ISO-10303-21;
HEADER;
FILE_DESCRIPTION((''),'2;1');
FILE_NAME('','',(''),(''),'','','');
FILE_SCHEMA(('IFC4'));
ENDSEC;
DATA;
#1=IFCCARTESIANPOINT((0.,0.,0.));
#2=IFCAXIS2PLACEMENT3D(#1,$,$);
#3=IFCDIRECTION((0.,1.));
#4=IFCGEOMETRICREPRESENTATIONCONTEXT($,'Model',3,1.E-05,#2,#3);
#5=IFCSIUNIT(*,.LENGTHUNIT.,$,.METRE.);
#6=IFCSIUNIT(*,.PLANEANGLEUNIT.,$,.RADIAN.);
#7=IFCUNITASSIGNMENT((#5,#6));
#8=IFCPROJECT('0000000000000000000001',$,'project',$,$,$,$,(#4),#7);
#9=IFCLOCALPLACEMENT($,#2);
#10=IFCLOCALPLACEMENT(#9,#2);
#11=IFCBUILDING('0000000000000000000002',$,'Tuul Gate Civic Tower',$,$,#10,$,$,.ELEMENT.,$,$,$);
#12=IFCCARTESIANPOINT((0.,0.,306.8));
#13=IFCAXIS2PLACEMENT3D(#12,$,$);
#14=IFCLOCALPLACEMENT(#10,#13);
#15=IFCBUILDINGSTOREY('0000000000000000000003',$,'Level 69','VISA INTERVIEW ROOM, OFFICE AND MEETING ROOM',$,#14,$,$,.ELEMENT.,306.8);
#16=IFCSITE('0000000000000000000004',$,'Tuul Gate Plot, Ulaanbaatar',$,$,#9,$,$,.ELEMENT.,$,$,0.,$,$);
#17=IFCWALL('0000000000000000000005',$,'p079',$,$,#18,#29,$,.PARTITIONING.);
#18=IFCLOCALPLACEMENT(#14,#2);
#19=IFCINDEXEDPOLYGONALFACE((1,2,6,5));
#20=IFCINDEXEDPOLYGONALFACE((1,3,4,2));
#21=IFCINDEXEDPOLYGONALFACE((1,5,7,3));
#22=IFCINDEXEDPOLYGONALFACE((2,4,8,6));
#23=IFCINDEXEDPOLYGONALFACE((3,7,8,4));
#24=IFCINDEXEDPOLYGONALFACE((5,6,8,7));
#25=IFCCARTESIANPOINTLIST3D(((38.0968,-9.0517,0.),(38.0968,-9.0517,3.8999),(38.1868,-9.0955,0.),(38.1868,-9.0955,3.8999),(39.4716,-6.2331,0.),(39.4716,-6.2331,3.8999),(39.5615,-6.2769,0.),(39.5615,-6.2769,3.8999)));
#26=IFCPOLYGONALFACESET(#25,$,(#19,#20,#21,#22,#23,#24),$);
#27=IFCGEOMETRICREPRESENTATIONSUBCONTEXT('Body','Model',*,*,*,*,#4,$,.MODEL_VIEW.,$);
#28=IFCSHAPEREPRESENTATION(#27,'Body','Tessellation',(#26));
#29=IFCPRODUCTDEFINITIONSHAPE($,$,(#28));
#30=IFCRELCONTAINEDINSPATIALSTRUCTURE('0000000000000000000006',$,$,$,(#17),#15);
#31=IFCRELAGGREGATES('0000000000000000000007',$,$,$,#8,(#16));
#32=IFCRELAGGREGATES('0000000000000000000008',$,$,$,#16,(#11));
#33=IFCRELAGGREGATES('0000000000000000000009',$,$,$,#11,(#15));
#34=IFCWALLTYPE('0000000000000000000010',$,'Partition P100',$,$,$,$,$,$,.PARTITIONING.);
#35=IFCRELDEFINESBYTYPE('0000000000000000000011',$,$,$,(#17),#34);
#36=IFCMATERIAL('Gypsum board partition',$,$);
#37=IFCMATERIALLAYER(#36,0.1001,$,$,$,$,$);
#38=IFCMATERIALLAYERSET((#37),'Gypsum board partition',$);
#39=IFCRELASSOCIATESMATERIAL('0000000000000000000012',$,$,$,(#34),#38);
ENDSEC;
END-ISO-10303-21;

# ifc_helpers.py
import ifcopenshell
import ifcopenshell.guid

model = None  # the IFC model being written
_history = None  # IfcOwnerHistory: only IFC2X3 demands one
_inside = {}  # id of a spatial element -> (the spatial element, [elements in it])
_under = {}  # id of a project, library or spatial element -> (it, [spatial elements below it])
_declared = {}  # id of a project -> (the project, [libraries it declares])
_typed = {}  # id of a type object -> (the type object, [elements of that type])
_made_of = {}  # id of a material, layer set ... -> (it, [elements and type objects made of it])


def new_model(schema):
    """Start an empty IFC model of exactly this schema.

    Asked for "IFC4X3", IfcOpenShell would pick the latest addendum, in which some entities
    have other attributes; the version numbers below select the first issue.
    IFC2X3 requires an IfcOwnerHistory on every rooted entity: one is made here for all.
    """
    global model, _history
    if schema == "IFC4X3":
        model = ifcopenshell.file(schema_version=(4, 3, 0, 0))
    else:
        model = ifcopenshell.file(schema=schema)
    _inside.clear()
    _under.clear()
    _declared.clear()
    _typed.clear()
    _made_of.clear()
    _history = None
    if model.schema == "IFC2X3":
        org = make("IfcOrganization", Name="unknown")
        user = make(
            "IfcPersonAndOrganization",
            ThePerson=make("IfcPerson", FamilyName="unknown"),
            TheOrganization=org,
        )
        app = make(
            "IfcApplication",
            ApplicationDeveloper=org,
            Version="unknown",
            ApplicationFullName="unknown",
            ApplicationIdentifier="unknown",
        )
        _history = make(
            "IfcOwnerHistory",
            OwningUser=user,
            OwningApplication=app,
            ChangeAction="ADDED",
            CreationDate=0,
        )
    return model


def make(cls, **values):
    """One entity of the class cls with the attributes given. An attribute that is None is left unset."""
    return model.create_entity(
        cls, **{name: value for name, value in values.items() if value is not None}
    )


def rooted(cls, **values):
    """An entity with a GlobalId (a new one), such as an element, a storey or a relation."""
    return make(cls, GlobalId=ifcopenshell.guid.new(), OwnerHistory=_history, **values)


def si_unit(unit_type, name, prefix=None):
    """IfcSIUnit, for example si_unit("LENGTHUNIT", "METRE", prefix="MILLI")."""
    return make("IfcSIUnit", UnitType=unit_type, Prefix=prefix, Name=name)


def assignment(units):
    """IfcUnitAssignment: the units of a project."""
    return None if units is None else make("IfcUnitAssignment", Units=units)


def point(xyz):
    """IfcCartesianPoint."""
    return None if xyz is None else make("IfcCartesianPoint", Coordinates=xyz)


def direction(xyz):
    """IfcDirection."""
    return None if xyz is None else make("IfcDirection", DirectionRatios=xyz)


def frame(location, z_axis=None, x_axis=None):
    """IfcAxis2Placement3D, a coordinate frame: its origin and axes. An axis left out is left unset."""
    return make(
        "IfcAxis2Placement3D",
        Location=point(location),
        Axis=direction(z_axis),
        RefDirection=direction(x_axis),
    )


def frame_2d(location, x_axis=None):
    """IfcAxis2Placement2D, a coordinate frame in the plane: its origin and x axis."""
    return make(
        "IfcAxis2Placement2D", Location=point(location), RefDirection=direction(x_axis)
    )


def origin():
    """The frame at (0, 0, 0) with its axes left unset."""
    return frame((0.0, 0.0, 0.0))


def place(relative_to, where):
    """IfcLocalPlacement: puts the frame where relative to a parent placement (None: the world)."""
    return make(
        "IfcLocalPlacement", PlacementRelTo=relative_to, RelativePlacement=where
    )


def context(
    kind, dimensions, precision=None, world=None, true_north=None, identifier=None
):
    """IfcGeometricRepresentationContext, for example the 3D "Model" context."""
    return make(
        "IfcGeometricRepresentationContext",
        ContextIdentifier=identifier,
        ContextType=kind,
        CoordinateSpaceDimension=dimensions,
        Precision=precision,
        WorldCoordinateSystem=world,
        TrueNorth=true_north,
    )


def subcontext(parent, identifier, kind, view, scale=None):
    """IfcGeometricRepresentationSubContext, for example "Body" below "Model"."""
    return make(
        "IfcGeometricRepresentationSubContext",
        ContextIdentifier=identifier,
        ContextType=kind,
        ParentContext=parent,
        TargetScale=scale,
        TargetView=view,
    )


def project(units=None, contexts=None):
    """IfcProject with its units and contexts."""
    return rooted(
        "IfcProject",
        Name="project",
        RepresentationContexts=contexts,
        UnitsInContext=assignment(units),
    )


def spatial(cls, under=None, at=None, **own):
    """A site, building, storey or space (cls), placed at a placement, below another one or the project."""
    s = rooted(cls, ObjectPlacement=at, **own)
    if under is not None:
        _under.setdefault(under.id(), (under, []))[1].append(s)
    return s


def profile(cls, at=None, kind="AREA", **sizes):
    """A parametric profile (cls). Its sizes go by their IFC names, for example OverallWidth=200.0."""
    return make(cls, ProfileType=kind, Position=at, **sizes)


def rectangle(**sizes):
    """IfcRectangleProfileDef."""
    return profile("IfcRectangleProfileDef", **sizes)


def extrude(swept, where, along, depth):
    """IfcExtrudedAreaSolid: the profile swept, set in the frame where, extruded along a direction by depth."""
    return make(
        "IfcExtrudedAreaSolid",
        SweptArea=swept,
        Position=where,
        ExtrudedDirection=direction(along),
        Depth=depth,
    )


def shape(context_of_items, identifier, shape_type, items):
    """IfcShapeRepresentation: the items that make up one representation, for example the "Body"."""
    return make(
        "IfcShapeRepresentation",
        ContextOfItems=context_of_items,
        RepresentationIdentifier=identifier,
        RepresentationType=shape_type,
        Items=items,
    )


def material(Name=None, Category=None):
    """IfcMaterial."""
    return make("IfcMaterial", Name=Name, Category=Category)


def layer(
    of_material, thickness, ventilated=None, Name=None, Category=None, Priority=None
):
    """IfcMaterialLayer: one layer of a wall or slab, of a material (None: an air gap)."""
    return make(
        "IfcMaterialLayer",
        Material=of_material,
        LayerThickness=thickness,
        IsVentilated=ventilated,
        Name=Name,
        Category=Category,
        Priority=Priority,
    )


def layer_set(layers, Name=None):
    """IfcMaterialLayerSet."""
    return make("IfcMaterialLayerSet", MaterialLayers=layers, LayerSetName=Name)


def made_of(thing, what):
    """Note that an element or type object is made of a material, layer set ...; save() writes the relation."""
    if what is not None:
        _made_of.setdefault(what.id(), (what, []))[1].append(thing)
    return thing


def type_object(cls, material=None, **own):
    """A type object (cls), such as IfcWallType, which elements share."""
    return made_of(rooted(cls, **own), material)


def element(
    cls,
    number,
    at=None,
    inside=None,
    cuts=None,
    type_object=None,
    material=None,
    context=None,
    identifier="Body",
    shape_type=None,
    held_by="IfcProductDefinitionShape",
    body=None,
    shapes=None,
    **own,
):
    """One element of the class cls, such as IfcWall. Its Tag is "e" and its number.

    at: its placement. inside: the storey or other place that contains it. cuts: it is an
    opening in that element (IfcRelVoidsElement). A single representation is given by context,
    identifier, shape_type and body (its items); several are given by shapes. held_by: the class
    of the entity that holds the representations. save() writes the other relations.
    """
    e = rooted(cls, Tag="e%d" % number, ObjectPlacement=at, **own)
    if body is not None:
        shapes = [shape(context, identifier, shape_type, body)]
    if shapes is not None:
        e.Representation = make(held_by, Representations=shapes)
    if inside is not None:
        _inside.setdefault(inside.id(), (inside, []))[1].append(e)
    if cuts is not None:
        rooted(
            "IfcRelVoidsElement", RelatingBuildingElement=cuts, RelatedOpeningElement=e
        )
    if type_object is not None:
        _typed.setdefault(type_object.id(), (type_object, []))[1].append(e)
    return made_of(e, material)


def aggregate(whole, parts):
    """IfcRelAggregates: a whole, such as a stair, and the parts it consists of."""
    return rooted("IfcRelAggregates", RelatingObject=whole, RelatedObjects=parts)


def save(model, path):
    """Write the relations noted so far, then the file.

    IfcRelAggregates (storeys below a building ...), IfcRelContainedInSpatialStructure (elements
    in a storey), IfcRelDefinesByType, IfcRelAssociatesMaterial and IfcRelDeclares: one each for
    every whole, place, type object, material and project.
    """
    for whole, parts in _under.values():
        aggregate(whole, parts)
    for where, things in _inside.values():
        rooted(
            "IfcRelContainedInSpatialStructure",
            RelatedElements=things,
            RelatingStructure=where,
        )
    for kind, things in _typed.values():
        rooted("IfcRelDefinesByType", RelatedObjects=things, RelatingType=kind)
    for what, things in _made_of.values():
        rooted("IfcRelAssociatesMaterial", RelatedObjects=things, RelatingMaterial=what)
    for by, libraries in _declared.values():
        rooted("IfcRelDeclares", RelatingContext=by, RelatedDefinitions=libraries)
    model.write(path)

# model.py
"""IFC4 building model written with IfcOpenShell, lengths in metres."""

from ifc_helpers import new_model, si_unit, direction, frame, frame_2d, origin, place, context, subcontext, project, spatial, rectangle, extrude, material, layer, layer_set, type_object, element, save


model = new_model("IFC4")

# Units and contexts
model_context = context("Model", 3, precision=1e-05, world=origin(), true_north=direction((0.0, 1.0)))
body_context = subcontext(model_context, "Body", "Model", "MODEL_VIEW")
ifc_project = project(units=[si_unit("LENGTHUNIT", "METRE"), si_unit("PLANEANGLEUNIT", "RADIAN")], contexts=[model_context])

# Site, building, storey
site_placement = place(None, origin())
site = spatial("IfcSite", under=ifc_project, at=site_placement, Name="Tuul Gate Plot, Ulaanbaatar", CompositionType="ELEMENT", RefElevation=0.0)
building_placement = place(site_placement, origin())
building = spatial("IfcBuilding", under=site, at=building_placement, Name="Tuul Gate Civic Tower", CompositionType="ELEMENT")
storey_placement = place(building_placement, frame((0.0, 0.0, 306.8)))
storey = spatial("IfcBuildingStorey", under=building, at=storey_placement, Name="Level 69", Description="VISA INTERVIEW ROOM, OFFICE AND MEETING ROOM", CompositionType="ELEMENT", Elevation=306.8)

# Wall
ifc_material_1 = material(Name="Gypsum board partition")
ifc_layer_1 = layer(ifc_material_1, 0.1001)
ifc_layer_set_1 = layer_set([ifc_layer_1], Name="Gypsum board partition")
wall_type_1 = type_object("IfcWallType", Name="Partition P100", PredefinedType="PARTITIONING", material=ifc_layer_set_1)
wall_1_placement = place(storey_placement, frame((38.1418, -9.0735, 0.0), z_axis=(0.0, 0.0, 1.0), x_axis=(0.438379, 0.89879, 0.0)))
element("IfcWall", 1, at=wall_1_placement, inside=storey, type_object=wall_type_1, Name="p079", PredefinedType="PARTITIONING", context=body_context, shape_type="SweptSolid", body=[
    extrude(rectangle(XDim=3.136, YDim=0.1001, at=frame_2d((1.5679, 0.0))), origin(), (0.0, 0.0, 1.0), 3.8999),
])

save(model, "model.ifc")
